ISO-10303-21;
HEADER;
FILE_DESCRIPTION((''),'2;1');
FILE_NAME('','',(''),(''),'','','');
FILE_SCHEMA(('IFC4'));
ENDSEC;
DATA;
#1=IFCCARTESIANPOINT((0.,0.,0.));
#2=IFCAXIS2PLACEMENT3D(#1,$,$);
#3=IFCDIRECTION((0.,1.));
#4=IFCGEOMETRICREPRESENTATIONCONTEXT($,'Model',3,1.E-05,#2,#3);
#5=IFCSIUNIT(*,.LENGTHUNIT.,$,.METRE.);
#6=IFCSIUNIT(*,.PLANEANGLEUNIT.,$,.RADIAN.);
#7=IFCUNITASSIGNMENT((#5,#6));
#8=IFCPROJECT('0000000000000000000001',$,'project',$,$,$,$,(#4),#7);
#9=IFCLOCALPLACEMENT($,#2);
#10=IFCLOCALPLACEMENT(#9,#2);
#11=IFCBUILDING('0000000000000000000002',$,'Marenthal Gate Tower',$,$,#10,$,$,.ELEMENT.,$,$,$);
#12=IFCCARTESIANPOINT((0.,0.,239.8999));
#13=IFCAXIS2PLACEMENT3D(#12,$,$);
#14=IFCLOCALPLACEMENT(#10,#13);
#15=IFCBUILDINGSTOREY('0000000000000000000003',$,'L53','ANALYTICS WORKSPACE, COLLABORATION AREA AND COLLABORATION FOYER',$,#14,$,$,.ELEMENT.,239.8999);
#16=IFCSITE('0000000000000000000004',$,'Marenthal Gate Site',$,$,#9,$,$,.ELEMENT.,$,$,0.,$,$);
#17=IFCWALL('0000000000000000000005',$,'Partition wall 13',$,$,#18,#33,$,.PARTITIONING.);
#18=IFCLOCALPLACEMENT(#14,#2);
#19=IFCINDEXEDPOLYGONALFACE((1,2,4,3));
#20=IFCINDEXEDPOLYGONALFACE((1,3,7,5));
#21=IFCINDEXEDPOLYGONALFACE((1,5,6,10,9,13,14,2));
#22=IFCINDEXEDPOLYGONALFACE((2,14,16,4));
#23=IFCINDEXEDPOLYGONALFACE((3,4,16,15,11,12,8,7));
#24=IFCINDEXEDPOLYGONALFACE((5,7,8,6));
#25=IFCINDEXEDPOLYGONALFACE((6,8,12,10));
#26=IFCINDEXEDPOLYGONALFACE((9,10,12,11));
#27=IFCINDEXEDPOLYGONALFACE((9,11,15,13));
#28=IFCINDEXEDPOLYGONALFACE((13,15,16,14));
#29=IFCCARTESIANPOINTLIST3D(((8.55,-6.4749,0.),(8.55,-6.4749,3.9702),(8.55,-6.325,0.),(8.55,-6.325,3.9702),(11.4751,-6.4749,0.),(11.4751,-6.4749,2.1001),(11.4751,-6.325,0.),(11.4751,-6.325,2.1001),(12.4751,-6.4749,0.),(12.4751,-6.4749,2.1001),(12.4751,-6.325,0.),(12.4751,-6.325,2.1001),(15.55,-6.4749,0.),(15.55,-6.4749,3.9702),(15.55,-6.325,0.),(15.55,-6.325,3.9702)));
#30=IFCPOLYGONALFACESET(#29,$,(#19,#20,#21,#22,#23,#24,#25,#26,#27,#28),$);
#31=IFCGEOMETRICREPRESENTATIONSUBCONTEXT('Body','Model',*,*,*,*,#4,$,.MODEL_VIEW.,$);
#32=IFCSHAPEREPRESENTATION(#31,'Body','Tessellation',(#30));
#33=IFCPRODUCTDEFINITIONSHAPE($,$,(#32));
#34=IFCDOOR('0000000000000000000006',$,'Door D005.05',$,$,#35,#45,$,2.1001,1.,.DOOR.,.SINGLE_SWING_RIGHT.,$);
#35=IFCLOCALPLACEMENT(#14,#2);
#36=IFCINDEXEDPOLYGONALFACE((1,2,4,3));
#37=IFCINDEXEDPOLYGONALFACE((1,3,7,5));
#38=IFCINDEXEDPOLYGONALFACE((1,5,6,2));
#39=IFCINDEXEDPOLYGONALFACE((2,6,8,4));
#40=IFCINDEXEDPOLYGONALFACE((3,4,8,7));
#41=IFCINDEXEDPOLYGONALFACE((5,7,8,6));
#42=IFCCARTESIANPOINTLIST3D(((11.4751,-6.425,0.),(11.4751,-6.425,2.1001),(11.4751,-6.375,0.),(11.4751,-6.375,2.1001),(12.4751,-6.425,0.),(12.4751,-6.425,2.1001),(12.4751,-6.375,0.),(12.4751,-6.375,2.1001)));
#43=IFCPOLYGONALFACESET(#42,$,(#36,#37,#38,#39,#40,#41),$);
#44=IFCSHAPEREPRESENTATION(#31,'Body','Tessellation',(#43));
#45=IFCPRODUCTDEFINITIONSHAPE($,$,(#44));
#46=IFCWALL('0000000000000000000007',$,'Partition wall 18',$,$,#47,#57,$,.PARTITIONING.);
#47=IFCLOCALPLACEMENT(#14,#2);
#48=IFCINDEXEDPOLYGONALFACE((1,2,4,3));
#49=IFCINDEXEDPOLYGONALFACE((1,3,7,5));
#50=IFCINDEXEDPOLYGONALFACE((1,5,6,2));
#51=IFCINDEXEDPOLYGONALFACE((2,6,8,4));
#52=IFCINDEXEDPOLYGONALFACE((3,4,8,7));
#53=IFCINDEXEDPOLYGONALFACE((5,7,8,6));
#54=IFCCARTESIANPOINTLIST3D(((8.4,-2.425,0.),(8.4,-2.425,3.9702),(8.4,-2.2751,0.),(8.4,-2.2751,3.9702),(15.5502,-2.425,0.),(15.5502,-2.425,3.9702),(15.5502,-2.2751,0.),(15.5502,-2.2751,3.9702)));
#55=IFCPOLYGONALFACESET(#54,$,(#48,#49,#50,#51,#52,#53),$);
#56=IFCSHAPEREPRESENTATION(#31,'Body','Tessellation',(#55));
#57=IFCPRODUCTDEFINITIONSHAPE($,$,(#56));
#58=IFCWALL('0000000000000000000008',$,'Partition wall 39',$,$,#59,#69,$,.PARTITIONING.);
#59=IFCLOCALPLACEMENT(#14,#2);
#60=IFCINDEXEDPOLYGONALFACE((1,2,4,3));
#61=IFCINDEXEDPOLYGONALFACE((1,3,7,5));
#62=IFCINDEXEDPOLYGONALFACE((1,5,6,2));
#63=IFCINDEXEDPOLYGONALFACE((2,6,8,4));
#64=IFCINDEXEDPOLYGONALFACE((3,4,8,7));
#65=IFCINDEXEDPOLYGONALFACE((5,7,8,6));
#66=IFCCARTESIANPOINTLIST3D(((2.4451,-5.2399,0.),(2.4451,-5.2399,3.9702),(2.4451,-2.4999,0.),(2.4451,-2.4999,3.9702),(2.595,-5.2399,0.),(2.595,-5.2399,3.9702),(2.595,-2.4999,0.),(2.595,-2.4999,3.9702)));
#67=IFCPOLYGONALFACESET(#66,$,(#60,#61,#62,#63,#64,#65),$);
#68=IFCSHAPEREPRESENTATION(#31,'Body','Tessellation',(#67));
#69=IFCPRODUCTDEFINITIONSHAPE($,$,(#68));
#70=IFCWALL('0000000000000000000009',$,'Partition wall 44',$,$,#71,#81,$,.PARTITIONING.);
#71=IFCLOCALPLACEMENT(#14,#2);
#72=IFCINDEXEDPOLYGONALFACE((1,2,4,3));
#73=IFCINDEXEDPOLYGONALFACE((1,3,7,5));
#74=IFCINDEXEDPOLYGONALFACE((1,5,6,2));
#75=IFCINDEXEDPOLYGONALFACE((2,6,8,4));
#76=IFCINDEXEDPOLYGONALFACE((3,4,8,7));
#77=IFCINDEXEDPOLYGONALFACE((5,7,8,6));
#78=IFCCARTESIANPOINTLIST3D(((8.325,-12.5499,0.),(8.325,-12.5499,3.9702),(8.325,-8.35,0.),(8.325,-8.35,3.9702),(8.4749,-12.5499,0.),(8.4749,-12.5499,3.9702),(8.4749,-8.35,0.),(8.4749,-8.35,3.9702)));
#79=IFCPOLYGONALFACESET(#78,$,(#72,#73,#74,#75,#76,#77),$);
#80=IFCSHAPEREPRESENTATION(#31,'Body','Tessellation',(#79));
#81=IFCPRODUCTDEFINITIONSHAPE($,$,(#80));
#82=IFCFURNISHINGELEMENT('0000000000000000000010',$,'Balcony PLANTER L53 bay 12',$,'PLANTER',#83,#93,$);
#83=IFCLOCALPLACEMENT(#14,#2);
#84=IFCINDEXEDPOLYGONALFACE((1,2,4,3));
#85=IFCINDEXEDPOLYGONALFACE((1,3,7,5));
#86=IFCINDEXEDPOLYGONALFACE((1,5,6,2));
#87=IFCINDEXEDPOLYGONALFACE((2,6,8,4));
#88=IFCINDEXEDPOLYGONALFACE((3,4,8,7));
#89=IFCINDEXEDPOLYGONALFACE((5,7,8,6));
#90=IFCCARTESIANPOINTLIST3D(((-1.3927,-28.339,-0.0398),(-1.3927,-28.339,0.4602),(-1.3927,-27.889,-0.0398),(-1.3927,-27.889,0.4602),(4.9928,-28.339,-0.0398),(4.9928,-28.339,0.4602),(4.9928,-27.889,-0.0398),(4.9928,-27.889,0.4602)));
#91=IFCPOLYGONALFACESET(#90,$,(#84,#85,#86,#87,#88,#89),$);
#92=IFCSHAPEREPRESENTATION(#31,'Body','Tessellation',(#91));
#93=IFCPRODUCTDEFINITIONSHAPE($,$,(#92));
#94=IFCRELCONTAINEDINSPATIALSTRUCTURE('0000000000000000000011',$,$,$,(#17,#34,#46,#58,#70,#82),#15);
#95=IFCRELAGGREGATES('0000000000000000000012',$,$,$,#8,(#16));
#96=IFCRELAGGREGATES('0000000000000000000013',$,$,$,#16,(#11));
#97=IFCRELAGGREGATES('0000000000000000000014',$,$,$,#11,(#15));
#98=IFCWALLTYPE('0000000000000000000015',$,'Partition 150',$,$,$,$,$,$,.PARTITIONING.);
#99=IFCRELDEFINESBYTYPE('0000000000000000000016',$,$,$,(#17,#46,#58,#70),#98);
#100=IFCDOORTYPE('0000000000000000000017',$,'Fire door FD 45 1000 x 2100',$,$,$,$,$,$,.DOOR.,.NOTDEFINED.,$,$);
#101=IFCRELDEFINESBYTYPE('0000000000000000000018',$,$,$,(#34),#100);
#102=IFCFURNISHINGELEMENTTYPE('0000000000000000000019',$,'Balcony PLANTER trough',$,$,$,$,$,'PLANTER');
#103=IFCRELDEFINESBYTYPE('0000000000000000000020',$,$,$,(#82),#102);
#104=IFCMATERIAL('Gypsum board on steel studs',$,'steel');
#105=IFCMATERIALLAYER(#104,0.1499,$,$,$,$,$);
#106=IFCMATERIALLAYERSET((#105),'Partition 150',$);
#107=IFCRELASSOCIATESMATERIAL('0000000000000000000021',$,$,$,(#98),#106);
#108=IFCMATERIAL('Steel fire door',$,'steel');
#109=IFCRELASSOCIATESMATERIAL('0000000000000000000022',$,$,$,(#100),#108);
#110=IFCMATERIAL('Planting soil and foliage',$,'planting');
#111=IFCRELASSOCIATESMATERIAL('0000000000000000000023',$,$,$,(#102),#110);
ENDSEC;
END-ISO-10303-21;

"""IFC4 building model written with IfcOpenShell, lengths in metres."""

from ifc_helpers import new_model, si_unit, direction, frame, frame_2d, origin, origin_2d, place, context, subcontext, project, spatial, rectangle, extrude, material, layer, layer_set, type_object, element, fill, save


model = new_model("IFC4")

# Units and contexts
model_context = context("Model", 3, precision=1e-05, world=origin(), true_north=direction((0.0, 1.0)))
body_context = subcontext(model_context, "Body", "Model", "MODEL_VIEW")
ifc_project = project(units=[si_unit("LENGTHUNIT", "METRE"), si_unit("PLANEANGLEUNIT", "RADIAN")], contexts=[model_context])

# Site, building, storey
site_placement = place(None, origin())
site = spatial("IfcSite", under=ifc_project, at=site_placement, Name="Marenthal Gate Site", CompositionType="ELEMENT", RefElevation=0.0)
building_placement = place(site_placement, origin())
building = spatial("IfcBuilding", under=site, at=building_placement, Name="Marenthal Gate Tower", CompositionType="ELEMENT")
storey_placement = place(building_placement, frame((0.0, 0.0, 239.8999)))
storey = spatial("IfcBuildingStorey", under=building, at=storey_placement, Name="L53", Description="ANALYTICS WORKSPACE, COLLABORATION AREA AND COLLABORATION FOYER", CompositionType="ELEMENT", Elevation=239.8999)

# Wall, opening, door
ifc_material_1 = material(Name="Gypsum board on steel studs", Category="steel")
ifc_layer_1 = layer(ifc_material_1, 0.1499)
ifc_layer_set_1 = layer_set([ifc_layer_1], Name="Partition 150")
wall_type_1 = type_object("IfcWallType", Name="Partition 150", PredefinedType="PARTITIONING", material=ifc_layer_set_1)
ifc_material_2 = material(Name="Steel fire door", Category="steel")
door_type = type_object("IfcDoorType", Name="Fire door FD 45 1000 x 2100", OperationType="NOTDEFINED", PredefinedType="DOOR", material=ifc_material_2)
wall_1_placement = place(storey_placement, frame((8.55, -6.3999, 0.0), z_axis=(0.0, 0.0, 1.0), x_axis=(1.0, 0.0, 0.0)))
wall_1 = element("IfcWall", 1, at=wall_1_placement, inside=storey, type_object=wall_type_1, Name="Partition wall 13", PredefinedType="PARTITIONING", context=body_context, shape_type="SweptSolid", body=[
    extrude(rectangle(XDim=7.0, YDim=0.1499, at=frame_2d((3.5, 0.0))), origin(), (0.0, 0.0, 1.0), 3.9702),
])
opening_1_placement = place(wall_1_placement, frame((2.925, 0.0, 0.0)))
opening_1 = element("IfcOpeningElement", 2, at=opening_1_placement, cuts=wall_1, PredefinedType="OPENING", context=body_context, shape_type="SweptSolid", body=[
    extrude(rectangle(XDim=1.0, YDim=2.1001, at=frame_2d((0.5, 1.05))), frame((0.0, 0.085, 0.0), z_axis=(0.0, -1.0, 0.0), x_axis=(1.0, 0.0, 0.0)), (0.0, 0.0, 1.0), 0.1699),
])
door_1_placement = place(opening_1_placement, origin())
door_1 = element("IfcDoor", 3, at=door_1_placement, inside=storey, type_object=door_type, Name="Door D005.05", OperationType="SINGLE_SWING_RIGHT", OverallHeight=2.1001, OverallWidth=1.0, PredefinedType="DOOR", context=body_context, shape_type="SweptSolid", body=[
    extrude(rectangle(XDim=1.0, YDim=2.1001, at=frame_2d((0.5, 1.05))), frame((0.0, 0.0249, 0.0), z_axis=(0.0, -1.0, 0.0), x_axis=(1.0, 0.0, 0.0)), (0.0, 0.0, 1.0), 0.05),
])
fill(opening_1, door_1)

# Walls
wall_2_placement = place(storey_placement, frame((8.3999, -2.3501, 0.0), z_axis=(0.0, 0.0, 1.0), x_axis=(1.0, 0.0, 0.0)))
element("IfcWall", 4, at=wall_2_placement, inside=storey, type_object=wall_type_1, Name="Partition wall 18", PredefinedType="PARTITIONING", context=body_context, shape_type="SweptSolid", body=[
    extrude(rectangle(XDim=7.1501, YDim=0.1499, at=frame_2d((3.5752, 0.0))), origin(), (0.0, 0.0, 1.0), 3.9702),
])
wall_3_placement = place(storey_placement, frame((2.52, -5.24, 0.0), z_axis=(0.0, 0.0, 1.0), x_axis=(0.0, 1.0, 0.0)))
element("IfcWall", 5, at=wall_3_placement, inside=storey, type_object=wall_type_1, Name="Partition wall 39", PredefinedType="PARTITIONING", context=body_context, shape_type="SweptSolid", body=[
    extrude(rectangle(XDim=2.74, YDim=0.1499, at=frame_2d((1.3701, 0.0))), origin(), (0.0, 0.0, 1.0), 3.9702),
])
wall_4_placement = place(storey_placement, frame((8.3999, -12.55, 0.0), z_axis=(0.0, 0.0, 1.0), x_axis=(0.0, 1.0, 0.0)))
element("IfcWall", 6, at=wall_4_placement, inside=storey, type_object=wall_type_1, Name="Partition wall 44", PredefinedType="PARTITIONING", context=body_context, shape_type="SweptSolid", body=[
    extrude(rectangle(XDim=4.2, YDim=0.1499, at=frame_2d((2.1001, 0.0))), origin(), (0.0, 0.0, 1.0), 3.9702),
])

# Furnishing element
ifc_material_3 = material(Name="Planting soil and foliage", Category="planting")
furnishing_element_type = type_object("IfcFurnishingElementType", Name="Balcony PLANTER trough", ElementType="PLANTER", material=ifc_material_3)
furnishing_placement = place(storey_placement, frame((1.8, -28.114, -0.0398), z_axis=(0.0, 0.0, 1.0), x_axis=(1.0, 0.0, 0.0)))
element("IfcFurnishingElement", 7, at=furnishing_placement, inside=storey, type_object=furnishing_element_type, Name="Balcony PLANTER L53 bay 12", ObjectType="PLANTER", context=body_context, shape_type="SweptSolid", body=[
    extrude(rectangle(XDim=6.3855, YDim=0.45, at=origin_2d()), origin(), (0.0, 0.0, 1.0), 0.5),
])

save(model, "model.ifc")
